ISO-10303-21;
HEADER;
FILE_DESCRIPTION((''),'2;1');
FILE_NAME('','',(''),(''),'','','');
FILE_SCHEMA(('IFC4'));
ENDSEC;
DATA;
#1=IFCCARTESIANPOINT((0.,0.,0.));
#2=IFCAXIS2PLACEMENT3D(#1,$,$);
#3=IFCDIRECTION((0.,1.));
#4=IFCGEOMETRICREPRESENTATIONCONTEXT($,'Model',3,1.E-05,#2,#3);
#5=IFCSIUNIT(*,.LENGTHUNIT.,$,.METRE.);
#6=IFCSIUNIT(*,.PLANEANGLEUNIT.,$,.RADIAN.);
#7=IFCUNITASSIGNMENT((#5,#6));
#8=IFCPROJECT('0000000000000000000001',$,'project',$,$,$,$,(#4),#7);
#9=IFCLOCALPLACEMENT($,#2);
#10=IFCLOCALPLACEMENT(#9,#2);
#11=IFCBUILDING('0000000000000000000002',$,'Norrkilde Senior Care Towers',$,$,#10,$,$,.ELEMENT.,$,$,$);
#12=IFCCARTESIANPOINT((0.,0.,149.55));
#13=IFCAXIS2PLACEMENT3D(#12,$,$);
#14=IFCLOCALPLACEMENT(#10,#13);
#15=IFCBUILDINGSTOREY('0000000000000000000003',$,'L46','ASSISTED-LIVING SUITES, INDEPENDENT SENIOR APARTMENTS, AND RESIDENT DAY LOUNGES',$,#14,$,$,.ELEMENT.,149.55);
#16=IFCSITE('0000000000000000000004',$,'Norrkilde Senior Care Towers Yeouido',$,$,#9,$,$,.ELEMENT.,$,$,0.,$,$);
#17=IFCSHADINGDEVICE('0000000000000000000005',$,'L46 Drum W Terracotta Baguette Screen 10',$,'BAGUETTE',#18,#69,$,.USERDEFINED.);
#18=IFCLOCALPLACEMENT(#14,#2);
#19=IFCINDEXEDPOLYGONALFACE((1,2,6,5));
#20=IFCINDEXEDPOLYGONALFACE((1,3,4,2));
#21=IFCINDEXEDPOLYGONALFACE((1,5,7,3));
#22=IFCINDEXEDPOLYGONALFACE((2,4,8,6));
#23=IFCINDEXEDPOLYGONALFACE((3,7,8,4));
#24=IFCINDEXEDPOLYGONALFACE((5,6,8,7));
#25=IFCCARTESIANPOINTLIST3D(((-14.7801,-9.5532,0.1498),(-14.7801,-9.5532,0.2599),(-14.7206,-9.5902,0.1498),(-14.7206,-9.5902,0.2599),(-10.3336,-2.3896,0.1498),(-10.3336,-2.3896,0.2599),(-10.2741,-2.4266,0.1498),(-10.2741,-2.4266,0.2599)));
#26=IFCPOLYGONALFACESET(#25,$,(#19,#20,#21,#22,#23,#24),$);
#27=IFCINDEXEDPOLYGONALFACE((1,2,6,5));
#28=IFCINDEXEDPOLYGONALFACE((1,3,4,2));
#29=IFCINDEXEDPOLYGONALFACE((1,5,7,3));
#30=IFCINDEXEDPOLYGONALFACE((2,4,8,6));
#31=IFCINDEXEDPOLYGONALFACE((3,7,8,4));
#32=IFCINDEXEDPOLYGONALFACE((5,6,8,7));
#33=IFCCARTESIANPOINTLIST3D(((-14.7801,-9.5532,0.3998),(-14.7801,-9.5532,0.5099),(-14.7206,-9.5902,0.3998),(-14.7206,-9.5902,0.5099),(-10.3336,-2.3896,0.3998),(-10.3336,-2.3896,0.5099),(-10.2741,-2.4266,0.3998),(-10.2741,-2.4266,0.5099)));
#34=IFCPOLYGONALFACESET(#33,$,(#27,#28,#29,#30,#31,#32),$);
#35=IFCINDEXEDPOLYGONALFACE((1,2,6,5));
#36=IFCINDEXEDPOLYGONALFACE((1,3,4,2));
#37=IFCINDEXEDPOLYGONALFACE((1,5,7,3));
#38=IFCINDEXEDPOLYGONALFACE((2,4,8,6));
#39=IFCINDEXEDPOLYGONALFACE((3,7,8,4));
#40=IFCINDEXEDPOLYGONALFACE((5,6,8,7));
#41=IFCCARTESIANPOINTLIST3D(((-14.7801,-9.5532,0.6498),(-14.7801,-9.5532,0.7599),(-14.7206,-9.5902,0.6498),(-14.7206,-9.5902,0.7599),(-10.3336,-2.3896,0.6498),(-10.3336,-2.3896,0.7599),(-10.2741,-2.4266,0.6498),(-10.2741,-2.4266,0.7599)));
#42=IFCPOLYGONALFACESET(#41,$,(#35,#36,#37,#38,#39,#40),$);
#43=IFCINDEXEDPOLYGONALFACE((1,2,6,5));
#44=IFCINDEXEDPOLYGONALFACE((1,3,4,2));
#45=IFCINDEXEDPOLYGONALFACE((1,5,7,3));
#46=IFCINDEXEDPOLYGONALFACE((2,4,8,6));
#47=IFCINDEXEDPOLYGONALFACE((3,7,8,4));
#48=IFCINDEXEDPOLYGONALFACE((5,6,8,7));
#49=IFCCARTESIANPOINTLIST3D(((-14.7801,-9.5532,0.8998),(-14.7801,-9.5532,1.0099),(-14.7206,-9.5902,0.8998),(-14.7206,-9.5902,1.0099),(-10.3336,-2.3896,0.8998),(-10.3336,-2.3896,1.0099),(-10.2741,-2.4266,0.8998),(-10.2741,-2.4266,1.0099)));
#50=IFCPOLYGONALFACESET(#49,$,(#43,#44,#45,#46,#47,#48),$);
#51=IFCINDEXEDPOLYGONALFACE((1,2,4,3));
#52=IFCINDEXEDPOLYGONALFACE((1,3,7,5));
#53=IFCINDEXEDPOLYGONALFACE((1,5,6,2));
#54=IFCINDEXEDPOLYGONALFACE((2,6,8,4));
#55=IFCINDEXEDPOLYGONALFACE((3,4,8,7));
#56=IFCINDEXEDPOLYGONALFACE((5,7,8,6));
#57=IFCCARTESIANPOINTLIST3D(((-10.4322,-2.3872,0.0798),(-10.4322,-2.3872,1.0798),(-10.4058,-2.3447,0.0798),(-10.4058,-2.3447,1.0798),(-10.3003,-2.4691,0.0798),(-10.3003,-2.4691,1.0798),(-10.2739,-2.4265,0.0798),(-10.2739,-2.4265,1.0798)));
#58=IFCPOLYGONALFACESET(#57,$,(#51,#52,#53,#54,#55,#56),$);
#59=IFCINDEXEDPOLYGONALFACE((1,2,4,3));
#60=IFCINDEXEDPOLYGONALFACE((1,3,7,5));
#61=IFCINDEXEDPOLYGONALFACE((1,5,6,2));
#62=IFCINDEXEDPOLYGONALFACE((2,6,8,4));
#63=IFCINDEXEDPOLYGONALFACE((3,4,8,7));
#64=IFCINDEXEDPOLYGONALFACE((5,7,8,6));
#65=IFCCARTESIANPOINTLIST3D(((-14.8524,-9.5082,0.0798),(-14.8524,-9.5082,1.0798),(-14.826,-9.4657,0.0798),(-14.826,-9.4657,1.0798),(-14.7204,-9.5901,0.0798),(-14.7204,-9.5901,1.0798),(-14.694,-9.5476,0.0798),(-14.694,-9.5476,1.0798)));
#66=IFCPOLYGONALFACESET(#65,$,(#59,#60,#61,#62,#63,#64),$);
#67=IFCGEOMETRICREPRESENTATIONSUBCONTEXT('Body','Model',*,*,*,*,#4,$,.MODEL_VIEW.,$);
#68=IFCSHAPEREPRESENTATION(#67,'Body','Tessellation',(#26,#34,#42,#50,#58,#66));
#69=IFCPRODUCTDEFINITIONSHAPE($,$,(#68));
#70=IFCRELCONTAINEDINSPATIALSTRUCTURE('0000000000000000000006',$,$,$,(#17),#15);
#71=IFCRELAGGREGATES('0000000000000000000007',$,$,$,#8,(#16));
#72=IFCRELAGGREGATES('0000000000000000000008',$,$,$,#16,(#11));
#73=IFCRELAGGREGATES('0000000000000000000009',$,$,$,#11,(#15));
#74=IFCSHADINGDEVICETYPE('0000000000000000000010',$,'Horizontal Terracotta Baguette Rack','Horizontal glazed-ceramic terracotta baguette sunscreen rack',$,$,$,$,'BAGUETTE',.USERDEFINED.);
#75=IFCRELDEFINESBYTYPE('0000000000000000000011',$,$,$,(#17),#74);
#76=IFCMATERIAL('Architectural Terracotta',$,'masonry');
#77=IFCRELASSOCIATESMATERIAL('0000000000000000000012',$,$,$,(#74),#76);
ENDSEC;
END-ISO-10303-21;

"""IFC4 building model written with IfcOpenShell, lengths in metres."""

from ifc_helpers import new_model, si_unit, direction, frame, origin, origin_2d, place, context, subcontext, project, spatial, rectangle, extrude, source, transform, mapped, material, type_object, type_shapes, element, save


model = new_model("IFC4")

# Units and contexts
model_context = context("Model", 3, precision=1e-05, world=origin(), true_north=direction((0.0, 1.0)))
body_context = subcontext(model_context, "Body", "Model", "MODEL_VIEW")
ifc_project = project(units=[si_unit("LENGTHUNIT", "METRE"), si_unit("PLANEANGLEUNIT", "RADIAN")], contexts=[model_context])

# Site, building, storey
site_placement = place(None, origin())
site = spatial("IfcSite", under=ifc_project, at=site_placement, Name="Norrkilde Senior Care Towers Yeouido", CompositionType="ELEMENT", RefElevation=0.0)
building_placement = place(site_placement, origin())
building = spatial("IfcBuilding", under=site, at=building_placement, Name="Norrkilde Senior Care Towers", CompositionType="ELEMENT")
storey_placement = place(building_placement, frame((0.0, 0.0, 149.55)))
storey = spatial("IfcBuildingStorey", under=building, at=storey_placement, Name="L46", Description="ASSISTED-LIVING SUITES, INDEPENDENT SENIOR APARTMENTS, AND RESIDENT DAY LOUNGES", CompositionType="ELEMENT", Elevation=149.55)

# Shading device
ifc_material_1 = material(Name="Architectural Terracotta", Category="masonry")
shading_device_type = type_object("IfcShadingDeviceType", Name="Horizontal Terracotta Baguette Rack", Description="Horizontal glazed-ceramic terracotta baguette sunscreen rack", ElementType="BAGUETTE", PredefinedType="USERDEFINED", material=ifc_material_1)
shared_shape_1 = source(origin(), body_context, "Body", "SweptSolid", [
    extrude(rectangle(XDim=0.0701, YDim=0.1101, at=origin_2d()), frame((0.0, 0.0901, 0.125), z_axis=(1.0, 0.0, 0.0), x_axis=(0.0, 1.0, 0.0)), (0.0, 0.0, 1.0), 8.4314),
    extrude(rectangle(XDim=0.0701, YDim=0.1101, at=origin_2d()), frame((0.0, 0.0901, 0.375), z_axis=(1.0, 0.0, 0.0), x_axis=(0.0, 1.0, 0.0)), (0.0, 0.0, 1.0), 8.4314),
    extrude(rectangle(XDim=0.0701, YDim=0.1101, at=origin_2d()), frame((0.0, 0.0901, 0.625), z_axis=(1.0, 0.0, 0.0), x_axis=(0.0, 1.0, 0.0)), (0.0, 0.0, 1.0), 8.4314),
    extrude(rectangle(XDim=0.0701, YDim=0.1101, at=origin_2d()), frame((0.0, 0.0901, 0.875), z_axis=(1.0, 0.0, 0.0), x_axis=(0.0, 1.0, 0.0)), (0.0, 0.0, 1.0), 8.4314),
    extrude(rectangle(XDim=0.05, YDim=0.1553, at=origin_2d()), frame((0.0249, 0.0476, 0.0)), (0.0, 0.0, 1.0), 1.0),
    extrude(rectangle(XDim=0.05, YDim=0.1553, at=origin_2d()), frame((8.4062, 0.0476, 0.0)), (0.0, 0.0, 1.0), 1.0),
])
type_shapes(shading_device_type, [shared_shape_1])
shading_device_placement = place(storey_placement, frame((-10.3804, -2.3606, 0.0798), z_axis=(0.0, 0.0, 1.0), x_axis=(-0.527378, -0.849631, 0.0)))
element("IfcShadingDevice", 1, at=shading_device_placement, inside=storey, type_object=shading_device_type, Name="L46 Drum W Terracotta Baguette Screen 10", ObjectType="BAGUETTE", PredefinedType="USERDEFINED", context=body_context, shape_type="MappedRepresentation", body=[
    mapped(shared_shape_1, transform((0.0, 0.0, 0.0), x_axis=(1.0, 0.0, 0.0), y_axis=(0.0, 1.0, 0.0), z_axis=(0.0, 0.0, 1.0), scale=1.0)),
])

save(model, "model.ifc")
